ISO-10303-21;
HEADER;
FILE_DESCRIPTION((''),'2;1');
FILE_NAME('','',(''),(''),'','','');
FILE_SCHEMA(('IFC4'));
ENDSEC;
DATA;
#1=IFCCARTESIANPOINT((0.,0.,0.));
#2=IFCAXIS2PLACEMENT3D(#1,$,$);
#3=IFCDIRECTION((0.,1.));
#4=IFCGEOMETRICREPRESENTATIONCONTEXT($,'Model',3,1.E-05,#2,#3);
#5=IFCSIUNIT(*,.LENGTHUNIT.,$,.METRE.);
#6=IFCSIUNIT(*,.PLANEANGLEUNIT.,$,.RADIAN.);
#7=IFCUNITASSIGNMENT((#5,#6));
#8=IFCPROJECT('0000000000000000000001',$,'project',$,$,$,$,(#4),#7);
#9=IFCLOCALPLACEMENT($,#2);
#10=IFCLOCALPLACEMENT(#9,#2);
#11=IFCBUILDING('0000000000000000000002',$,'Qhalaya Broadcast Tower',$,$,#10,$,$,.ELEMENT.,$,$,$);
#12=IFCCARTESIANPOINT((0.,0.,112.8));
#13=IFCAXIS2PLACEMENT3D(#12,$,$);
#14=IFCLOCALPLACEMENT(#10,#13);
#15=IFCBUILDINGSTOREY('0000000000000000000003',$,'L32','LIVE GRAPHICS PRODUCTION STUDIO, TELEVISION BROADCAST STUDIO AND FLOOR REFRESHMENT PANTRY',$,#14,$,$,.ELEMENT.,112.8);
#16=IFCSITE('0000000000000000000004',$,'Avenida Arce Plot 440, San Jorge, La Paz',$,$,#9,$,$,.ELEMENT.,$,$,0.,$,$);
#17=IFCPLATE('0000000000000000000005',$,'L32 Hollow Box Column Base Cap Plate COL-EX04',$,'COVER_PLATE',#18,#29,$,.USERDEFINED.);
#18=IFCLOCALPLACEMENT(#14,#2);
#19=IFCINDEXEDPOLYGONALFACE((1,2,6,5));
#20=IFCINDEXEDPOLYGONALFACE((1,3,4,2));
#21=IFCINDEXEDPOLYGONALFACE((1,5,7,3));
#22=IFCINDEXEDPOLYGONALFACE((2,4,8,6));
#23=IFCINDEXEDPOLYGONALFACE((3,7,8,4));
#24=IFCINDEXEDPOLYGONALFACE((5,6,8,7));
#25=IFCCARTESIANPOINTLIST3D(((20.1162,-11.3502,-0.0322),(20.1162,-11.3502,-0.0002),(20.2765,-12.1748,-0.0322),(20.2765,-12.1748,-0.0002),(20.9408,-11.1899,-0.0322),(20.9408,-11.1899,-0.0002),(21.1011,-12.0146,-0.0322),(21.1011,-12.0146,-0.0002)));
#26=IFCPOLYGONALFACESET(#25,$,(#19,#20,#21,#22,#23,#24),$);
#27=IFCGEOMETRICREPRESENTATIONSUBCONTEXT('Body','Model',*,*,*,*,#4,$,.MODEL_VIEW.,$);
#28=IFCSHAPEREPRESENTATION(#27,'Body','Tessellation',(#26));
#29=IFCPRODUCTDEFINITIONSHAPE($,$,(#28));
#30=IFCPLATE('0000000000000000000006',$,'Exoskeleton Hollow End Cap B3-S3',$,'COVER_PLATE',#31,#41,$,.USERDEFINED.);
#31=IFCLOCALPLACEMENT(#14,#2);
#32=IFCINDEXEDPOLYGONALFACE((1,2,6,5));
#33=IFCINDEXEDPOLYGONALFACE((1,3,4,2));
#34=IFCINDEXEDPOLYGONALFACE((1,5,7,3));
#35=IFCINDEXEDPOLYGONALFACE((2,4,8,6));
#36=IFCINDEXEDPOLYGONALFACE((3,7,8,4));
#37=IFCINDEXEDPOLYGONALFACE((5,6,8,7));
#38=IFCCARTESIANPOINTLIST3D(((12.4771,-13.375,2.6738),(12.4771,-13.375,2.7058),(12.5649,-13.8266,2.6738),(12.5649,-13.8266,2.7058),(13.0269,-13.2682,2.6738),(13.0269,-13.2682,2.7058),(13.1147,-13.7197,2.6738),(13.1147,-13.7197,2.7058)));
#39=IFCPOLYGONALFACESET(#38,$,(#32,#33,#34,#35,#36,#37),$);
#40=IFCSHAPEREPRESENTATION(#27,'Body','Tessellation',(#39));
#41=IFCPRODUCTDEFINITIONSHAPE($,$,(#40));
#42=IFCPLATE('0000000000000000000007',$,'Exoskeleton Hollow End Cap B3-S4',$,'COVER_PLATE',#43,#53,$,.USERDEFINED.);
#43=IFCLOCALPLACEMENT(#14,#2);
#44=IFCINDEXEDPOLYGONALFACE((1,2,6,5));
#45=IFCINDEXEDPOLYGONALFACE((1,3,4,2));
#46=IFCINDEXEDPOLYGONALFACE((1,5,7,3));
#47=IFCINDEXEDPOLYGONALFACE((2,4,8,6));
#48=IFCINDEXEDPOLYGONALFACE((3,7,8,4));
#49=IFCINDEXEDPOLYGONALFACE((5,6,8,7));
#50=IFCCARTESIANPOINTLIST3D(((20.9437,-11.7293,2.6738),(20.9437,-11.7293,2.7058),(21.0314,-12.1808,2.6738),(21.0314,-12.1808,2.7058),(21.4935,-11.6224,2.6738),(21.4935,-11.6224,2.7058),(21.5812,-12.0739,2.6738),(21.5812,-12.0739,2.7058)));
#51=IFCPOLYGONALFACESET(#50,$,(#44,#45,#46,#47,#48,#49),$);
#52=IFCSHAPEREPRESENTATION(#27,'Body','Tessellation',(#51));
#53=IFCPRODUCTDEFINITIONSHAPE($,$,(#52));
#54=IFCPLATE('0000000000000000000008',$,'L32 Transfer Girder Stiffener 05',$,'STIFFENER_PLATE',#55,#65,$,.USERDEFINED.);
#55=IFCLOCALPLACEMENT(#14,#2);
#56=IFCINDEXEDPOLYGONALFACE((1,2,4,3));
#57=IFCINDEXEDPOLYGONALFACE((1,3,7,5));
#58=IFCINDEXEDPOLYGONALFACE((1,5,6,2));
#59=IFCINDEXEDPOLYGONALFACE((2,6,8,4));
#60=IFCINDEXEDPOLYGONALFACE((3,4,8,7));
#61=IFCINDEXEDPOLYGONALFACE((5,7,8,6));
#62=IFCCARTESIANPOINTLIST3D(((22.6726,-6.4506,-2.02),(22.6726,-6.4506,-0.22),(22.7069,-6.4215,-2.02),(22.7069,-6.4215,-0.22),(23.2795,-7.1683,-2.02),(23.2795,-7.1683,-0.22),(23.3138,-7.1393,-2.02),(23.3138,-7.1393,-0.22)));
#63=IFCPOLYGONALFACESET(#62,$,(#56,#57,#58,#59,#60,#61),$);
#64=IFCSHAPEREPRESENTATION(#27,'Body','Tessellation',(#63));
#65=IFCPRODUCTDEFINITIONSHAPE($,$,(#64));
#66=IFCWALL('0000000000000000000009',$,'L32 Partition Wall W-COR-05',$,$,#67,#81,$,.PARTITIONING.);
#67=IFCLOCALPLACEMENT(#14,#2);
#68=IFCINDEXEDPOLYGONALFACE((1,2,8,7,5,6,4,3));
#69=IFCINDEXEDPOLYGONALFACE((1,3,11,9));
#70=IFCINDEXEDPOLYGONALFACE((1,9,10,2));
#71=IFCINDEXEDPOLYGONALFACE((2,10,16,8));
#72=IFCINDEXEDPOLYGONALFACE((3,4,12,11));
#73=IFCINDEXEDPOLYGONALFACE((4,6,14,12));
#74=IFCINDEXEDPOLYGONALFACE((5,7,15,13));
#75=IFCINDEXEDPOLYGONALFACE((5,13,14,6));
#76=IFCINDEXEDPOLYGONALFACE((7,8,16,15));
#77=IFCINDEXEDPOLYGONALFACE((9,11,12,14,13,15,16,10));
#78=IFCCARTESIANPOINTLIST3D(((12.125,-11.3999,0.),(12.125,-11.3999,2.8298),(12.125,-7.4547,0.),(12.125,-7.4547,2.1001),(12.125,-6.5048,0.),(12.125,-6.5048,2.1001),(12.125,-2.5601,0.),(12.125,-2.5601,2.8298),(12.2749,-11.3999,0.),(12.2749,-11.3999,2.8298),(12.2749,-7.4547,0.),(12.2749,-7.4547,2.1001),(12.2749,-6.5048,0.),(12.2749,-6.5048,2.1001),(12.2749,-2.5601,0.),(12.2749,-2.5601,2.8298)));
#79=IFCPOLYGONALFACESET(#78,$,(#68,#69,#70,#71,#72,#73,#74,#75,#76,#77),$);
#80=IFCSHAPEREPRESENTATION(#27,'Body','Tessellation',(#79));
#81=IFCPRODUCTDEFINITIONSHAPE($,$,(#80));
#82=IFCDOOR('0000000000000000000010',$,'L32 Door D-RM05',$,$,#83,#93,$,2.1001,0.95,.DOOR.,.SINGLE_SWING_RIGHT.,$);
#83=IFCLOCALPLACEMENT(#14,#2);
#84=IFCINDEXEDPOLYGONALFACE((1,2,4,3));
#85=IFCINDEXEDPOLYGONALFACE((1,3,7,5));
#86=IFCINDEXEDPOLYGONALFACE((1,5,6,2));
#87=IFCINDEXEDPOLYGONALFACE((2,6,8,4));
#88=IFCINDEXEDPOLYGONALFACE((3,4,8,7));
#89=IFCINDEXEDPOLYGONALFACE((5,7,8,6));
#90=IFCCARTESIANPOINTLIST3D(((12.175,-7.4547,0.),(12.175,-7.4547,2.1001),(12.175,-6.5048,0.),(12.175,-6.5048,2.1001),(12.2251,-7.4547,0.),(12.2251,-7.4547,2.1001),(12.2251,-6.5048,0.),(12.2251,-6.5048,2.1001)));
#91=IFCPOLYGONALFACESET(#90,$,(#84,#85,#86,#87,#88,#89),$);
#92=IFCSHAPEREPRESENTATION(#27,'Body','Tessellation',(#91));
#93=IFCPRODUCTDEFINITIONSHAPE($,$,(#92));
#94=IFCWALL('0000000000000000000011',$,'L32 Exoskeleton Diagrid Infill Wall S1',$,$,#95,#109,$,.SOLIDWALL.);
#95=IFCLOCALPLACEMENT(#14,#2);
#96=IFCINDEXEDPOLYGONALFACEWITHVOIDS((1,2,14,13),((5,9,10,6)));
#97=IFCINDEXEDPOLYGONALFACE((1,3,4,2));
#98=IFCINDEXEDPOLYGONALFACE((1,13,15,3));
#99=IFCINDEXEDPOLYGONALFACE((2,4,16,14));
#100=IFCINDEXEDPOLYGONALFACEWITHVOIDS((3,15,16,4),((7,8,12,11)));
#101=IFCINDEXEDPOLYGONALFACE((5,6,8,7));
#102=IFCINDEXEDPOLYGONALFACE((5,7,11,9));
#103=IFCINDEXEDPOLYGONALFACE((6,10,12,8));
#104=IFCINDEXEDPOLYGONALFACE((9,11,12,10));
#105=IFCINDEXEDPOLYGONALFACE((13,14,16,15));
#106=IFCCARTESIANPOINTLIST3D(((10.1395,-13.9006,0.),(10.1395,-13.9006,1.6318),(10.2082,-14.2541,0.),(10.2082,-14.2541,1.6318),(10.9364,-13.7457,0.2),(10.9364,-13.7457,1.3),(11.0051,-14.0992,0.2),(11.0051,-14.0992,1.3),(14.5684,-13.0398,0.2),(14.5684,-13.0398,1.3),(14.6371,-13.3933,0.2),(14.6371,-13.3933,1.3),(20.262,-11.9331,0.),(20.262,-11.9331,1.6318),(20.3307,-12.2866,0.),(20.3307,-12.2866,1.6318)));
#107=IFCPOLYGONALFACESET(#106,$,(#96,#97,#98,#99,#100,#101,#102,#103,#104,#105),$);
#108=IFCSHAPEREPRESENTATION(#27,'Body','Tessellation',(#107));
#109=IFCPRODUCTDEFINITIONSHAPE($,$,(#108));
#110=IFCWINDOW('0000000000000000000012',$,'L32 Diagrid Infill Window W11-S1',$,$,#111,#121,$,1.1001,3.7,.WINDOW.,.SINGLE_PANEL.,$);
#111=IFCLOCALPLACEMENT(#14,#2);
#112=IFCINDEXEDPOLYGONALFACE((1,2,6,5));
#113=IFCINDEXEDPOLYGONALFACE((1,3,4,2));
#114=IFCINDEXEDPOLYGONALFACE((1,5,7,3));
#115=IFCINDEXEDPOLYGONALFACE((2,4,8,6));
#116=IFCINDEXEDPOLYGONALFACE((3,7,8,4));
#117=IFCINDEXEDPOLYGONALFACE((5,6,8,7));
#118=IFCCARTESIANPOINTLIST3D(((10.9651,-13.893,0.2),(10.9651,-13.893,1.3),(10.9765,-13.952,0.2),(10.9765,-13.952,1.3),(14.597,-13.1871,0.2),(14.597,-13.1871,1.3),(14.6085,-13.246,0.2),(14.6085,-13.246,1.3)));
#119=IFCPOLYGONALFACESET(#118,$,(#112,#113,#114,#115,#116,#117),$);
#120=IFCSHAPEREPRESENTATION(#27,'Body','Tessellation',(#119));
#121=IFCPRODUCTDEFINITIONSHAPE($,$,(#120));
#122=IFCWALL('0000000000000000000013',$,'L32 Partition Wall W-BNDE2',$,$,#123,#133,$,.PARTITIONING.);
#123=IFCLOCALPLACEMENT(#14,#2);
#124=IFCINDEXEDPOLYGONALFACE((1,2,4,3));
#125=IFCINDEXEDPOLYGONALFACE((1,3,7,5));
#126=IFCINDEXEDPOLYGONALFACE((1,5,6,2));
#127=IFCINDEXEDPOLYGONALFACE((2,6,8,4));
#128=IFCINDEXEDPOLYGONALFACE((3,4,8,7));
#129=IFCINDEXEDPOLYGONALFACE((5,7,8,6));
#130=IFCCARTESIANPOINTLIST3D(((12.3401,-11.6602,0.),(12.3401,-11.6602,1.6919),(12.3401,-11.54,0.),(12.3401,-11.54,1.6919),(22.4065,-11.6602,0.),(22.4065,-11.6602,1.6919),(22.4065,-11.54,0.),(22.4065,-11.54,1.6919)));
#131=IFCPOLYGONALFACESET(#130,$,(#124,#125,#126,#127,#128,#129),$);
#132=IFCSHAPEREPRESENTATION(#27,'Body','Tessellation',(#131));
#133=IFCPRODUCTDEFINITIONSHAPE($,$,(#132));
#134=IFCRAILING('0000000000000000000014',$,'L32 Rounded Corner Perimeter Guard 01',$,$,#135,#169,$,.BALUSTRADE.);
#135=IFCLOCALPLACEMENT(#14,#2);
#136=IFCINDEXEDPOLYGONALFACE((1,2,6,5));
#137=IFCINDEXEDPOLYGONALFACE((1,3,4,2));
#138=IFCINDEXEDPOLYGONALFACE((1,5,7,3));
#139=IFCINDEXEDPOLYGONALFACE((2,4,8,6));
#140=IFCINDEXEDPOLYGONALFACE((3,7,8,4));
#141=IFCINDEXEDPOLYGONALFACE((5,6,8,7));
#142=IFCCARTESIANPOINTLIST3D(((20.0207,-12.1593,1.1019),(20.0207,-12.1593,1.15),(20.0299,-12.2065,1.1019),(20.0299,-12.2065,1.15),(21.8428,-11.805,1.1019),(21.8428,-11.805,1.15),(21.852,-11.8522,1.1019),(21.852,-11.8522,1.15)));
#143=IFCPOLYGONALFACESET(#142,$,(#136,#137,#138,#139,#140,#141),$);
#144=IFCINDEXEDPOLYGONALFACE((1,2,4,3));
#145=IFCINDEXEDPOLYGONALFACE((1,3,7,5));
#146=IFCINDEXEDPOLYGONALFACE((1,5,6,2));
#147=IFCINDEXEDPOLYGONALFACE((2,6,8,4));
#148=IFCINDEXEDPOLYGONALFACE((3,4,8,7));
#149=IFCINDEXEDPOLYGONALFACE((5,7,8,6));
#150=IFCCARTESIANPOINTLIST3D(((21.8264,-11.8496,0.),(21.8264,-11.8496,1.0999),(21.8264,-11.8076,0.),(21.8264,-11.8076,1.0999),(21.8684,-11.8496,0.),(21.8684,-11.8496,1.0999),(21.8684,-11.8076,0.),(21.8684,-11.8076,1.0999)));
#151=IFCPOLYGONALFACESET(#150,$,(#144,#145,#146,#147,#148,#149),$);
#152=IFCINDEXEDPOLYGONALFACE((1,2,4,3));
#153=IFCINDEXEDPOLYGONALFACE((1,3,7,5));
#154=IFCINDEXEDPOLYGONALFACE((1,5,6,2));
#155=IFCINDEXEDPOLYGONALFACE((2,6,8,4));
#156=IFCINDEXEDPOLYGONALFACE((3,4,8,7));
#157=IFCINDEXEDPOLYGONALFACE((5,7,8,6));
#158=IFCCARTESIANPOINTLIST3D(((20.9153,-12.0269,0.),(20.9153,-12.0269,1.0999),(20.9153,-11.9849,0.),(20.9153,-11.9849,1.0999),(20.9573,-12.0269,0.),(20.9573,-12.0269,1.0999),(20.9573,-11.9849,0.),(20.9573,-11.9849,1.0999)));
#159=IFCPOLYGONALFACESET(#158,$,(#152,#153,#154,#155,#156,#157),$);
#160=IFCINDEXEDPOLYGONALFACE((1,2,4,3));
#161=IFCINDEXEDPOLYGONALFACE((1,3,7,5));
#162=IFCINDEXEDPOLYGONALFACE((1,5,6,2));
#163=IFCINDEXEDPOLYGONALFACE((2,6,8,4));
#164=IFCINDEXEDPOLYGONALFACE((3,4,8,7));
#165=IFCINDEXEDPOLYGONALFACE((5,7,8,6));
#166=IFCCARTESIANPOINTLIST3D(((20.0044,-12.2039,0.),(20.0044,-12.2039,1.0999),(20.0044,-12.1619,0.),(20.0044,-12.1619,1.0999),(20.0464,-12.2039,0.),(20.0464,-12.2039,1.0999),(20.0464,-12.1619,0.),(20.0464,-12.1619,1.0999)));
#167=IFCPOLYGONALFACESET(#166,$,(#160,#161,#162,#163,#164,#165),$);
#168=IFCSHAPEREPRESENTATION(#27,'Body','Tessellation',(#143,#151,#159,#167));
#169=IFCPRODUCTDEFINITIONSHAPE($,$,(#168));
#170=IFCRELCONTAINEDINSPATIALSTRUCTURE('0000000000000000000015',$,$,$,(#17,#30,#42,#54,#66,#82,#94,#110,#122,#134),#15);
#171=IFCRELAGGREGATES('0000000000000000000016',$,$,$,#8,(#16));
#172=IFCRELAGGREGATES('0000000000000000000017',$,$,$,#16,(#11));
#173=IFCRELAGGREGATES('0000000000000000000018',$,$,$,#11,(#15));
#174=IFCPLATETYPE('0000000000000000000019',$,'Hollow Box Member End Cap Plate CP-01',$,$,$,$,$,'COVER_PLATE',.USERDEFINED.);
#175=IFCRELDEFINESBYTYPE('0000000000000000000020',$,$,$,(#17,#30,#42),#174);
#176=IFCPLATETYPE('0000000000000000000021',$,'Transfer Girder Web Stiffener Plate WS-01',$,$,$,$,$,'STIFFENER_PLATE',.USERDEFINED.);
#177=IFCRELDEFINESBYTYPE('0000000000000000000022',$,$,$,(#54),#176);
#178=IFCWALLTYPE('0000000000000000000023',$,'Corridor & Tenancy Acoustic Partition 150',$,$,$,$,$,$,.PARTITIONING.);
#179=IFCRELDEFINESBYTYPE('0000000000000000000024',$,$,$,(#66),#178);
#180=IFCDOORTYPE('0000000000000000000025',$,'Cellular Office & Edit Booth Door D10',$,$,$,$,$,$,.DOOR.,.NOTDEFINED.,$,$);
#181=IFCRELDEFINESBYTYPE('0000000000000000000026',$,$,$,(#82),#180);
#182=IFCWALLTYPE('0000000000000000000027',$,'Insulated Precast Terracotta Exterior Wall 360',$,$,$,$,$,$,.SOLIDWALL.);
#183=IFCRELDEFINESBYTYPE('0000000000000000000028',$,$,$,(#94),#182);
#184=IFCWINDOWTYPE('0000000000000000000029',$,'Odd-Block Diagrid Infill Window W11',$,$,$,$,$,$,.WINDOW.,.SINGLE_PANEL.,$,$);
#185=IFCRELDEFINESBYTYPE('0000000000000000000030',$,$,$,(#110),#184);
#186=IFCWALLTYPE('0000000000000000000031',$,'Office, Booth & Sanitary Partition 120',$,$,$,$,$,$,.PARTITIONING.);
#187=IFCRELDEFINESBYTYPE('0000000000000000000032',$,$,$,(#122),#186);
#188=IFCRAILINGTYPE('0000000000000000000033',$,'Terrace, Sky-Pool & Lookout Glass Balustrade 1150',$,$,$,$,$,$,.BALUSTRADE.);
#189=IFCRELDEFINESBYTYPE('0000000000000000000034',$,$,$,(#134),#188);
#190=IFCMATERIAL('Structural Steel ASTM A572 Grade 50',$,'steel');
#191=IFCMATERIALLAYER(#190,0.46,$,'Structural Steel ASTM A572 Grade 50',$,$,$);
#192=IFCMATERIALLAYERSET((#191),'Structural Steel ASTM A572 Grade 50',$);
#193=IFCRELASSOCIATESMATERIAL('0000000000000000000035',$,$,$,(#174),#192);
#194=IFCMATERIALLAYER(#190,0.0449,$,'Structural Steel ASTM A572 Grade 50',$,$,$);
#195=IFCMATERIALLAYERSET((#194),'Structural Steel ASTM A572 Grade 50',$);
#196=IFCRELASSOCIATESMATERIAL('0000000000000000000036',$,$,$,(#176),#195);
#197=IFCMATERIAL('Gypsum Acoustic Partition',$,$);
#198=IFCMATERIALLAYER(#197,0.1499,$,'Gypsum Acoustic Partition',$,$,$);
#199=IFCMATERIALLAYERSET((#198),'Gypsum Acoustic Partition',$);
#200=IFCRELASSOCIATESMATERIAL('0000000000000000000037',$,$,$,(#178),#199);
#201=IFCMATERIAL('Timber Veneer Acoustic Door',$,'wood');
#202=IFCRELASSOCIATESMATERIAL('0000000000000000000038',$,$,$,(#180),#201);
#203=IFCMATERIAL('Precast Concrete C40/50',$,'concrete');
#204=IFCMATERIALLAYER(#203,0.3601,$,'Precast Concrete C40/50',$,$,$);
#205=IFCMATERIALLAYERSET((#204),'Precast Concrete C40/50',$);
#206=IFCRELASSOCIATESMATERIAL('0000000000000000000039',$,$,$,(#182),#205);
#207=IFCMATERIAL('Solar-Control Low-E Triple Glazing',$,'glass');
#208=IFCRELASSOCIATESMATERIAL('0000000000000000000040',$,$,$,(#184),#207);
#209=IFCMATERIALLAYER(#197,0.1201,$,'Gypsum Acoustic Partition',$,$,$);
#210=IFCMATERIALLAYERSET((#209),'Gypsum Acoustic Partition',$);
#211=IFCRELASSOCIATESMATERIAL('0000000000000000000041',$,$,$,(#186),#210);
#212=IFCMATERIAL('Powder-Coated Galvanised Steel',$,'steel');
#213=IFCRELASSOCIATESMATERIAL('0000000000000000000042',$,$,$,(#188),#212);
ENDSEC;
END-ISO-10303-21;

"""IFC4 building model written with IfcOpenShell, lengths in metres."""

from ifc_helpers import new_model, si_unit, direction, frame, frame_2d, origin, origin_2d, place, context, subcontext, project, spatial, rectangle, extrude, material, layer, layer_set, type_object, element, fill, save


model = new_model("IFC4")

# Units and contexts
model_context = context("Model", 3, precision=1e-05, world=origin(), true_north=direction((0.0, 1.0)))
body_context = subcontext(model_context, "Body", "Model", "MODEL_VIEW")
ifc_project = project(units=[si_unit("LENGTHUNIT", "METRE"), si_unit("PLANEANGLEUNIT", "RADIAN")], contexts=[model_context])

# Site, building, storey
site_placement = place(None, origin())
site = spatial("IfcSite", under=ifc_project, at=site_placement, Name="Avenida Arce Plot 440, San Jorge, La Paz", CompositionType="ELEMENT", RefElevation=0.0)
building_placement = place(site_placement, origin())
building = spatial("IfcBuilding", under=site, at=building_placement, Name="Qhalaya Broadcast Tower", CompositionType="ELEMENT")
storey_placement = place(building_placement, frame((0.0, 0.0, 112.8)))
storey = spatial("IfcBuildingStorey", under=building, at=storey_placement, Name="L32", Description="LIVE GRAPHICS PRODUCTION STUDIO, TELEVISION BROADCAST STUDIO AND FLOOR REFRESHMENT PANTRY", CompositionType="ELEMENT", Elevation=112.8)

# Shared definitions
ifc_material_1 = material(Name="Structural Steel ASTM A572 Grade 50", Category="steel")

# Plates
ifc_layer_1 = layer(ifc_material_1, 0.46, Name="Structural Steel ASTM A572 Grade 50")
ifc_layer_set_1 = layer_set([ifc_layer_1], Name="Structural Steel ASTM A572 Grade 50")
plate_type_1 = type_object("IfcPlateType", Name="Hollow Box Member End Cap Plate CP-01", ElementType="COVER_PLATE", PredefinedType="USERDEFINED", material=ifc_layer_set_1)
plate_1_placement = place(storey_placement, frame((20.6086, -11.6824, -0.0322), z_axis=(0.0, 0.0, 1.0), x_axis=(0.981627, 0.190809, 0.0)))
element("IfcPlate", 1, at=plate_1_placement, inside=storey, type_object=plate_type_1, Name="L32 Hollow Box Column Base Cap Plate COL-EX04", ObjectType="COVER_PLATE", PredefinedType="USERDEFINED", context=body_context, shape_type="SweptSolid", body=[
    extrude(rectangle(XDim=0.8401, YDim=0.8401, at=origin_2d()), origin(), (0.0, 0.0, 1.0), 0.032),
])
for number, where, z_axis, x_axis, name in (
    (2, (12.7959, -13.5474, 2.6738), (0.0, 0.0, 1.0), (0.981627, 0.190809, 0.0), "Exoskeleton Hollow End Cap B3-S3"),
    (3, (21.2625, -11.9016, 2.6738), (0.0, 0.0, 1.0), (0.981627, 0.190809, 0.0), "Exoskeleton Hollow End Cap B3-S4"),
):
    element("IfcPlate", number, at=place(storey_placement, frame(where, z_axis=z_axis, x_axis=x_axis)), inside=storey, type_object=plate_type_1, Name=name, ObjectType="COVER_PLATE", PredefinedType="USERDEFINED", context=body_context, shape_type="SweptSolid", body=[
        extrude(rectangle(XDim=0.5601, YDim=0.46, at=origin_2d()), origin(), (0.0, 0.0, 1.0), 0.032),
    ])
ifc_layer_2 = layer(ifc_material_1, 0.0449, Name="Structural Steel ASTM A572 Grade 50")
ifc_layer_set_2 = layer_set([ifc_layer_2], Name="Structural Steel ASTM A572 Grade 50")
plate_type_2 = type_object("IfcPlateType", Name="Transfer Girder Web Stiffener Plate WS-01", ElementType="STIFFENER_PLATE", PredefinedType="USERDEFINED", material=ifc_layer_set_2)
plate_2_placement = place(storey_placement, frame((22.9932, -6.7949, -2.02), z_axis=(0.0, 0.0, 1.0), x_axis=(-0.645684, 0.763604, 0.0)))
element("IfcPlate", 4, at=plate_2_placement, inside=storey, type_object=plate_type_2, Name="L32 Transfer Girder Stiffener 05", ObjectType="STIFFENER_PLATE", PredefinedType="USERDEFINED", context=body_context, shape_type="SweptSolid", body=[
    extrude(rectangle(XDim=0.9399, YDim=0.0449, at=origin_2d()), origin(), (0.0, 0.0, 1.0), 1.8),
])

# Wall, opening, door
ifc_material_2 = material(Name="Gypsum Acoustic Partition")
ifc_layer_3 = layer(ifc_material_2, 0.1499, Name="Gypsum Acoustic Partition")
ifc_layer_set_3 = layer_set([ifc_layer_3], Name="Gypsum Acoustic Partition")
wall_type_1 = type_object("IfcWallType", Name="Corridor & Tenancy Acoustic Partition 150", PredefinedType="PARTITIONING", material=ifc_layer_set_3)
wall_1_placement = place(storey_placement, frame((12.2, -11.3999, 0.0), z_axis=(0.0, 0.0, 1.0), x_axis=(0.0, 1.0, 0.0)))
wall_1 = element("IfcWall", 5, at=wall_1_placement, inside=storey, type_object=wall_type_1, Name="L32 Partition Wall W-COR-05", PredefinedType="PARTITIONING", context=body_context, shape_type="SweptSolid", body=[
    extrude(rectangle(XDim=8.8398, YDim=0.1499, at=frame_2d((4.4199, 0.0))), origin(), (0.0, 0.0, 1.0), 2.8298),
])
opening_1_placement = place(wall_1_placement, frame((3.9451, 0.0, 0.0)))
opening_1 = element("IfcOpeningElement", 6, at=opening_1_placement, cuts=wall_1, PredefinedType="OPENING", context=body_context, shape_type="SweptSolid", body=[
    extrude(rectangle(XDim=0.95, YDim=2.1001, at=frame_2d((0.4751, 1.05))), frame((0.0, 0.0869, 0.0), z_axis=(0.0, -1.0, 0.0), x_axis=(1.0, 0.0, 0.0)), (0.0, 0.0, 1.0), 0.1738),
])
ifc_material_3 = material(Name="Timber Veneer Acoustic Door", Category="wood")
door_type = type_object("IfcDoorType", Name="Cellular Office & Edit Booth Door D10", OperationType="NOTDEFINED", PredefinedType="DOOR", material=ifc_material_3)
door_placement = place(opening_1_placement, origin())
door = element("IfcDoor", 7, at=door_placement, inside=storey, type_object=door_type, Name="L32 Door D-RM05", OperationType="SINGLE_SWING_RIGHT", OverallHeight=2.1001, OverallWidth=0.95, PredefinedType="DOOR", context=body_context, shape_type="SweptSolid", body=[
    extrude(rectangle(XDim=0.95, YDim=2.1001, at=frame_2d((0.4751, 1.05))), frame((0.0, 0.0249, 0.0), z_axis=(0.0, -1.0, 0.0), x_axis=(1.0, 0.0, 0.0)), (0.0, 0.0, 1.0), 0.05),
])
fill(opening_1, door)

# Wall, opening, window
ifc_material_4 = material(Name="Precast Concrete C40/50", Category="concrete")
ifc_layer_4 = layer(ifc_material_4, 0.3601, Name="Precast Concrete C40/50")
ifc_layer_set_4 = layer_set([ifc_layer_4], Name="Precast Concrete C40/50")
wall_type_2 = type_object("IfcWallType", Name="Insulated Precast Terracotta Exterior Wall 360", PredefinedType="SOLIDWALL", material=ifc_layer_set_4)
wall_2_placement = place(storey_placement, frame((20.2964, -12.1099, 0.0), z_axis=(0.0, 0.0, 1.0), x_axis=(-0.981629, -0.1908, 0.0)))
wall_2 = element("IfcWall", 8, at=wall_2_placement, inside=storey, type_object=wall_type_2, Name="L32 Exoskeleton Diagrid Infill Wall S1", PredefinedType="SOLIDWALL", context=body_context, shape_type="SweptSolid", body=[
    extrude(rectangle(XDim=10.312, YDim=0.3601, at=frame_2d((5.156, 0.0))), origin(), (0.0, 0.0, 1.0), 1.6318),
])
opening_2_placement = place(wall_2_placement, frame((5.8, 0.0, 0.2)))
opening_2 = element("IfcOpeningElement", 9, at=opening_2_placement, cuts=wall_2, PredefinedType="OPENING", context=body_context, shape_type="SweptSolid", body=[
    extrude(rectangle(XDim=3.7, YDim=1.1001, at=frame_2d((1.8501, 0.55))), frame((0.0, 0.1921, 0.0), z_axis=(0.0, -1.0, 0.0), x_axis=(1.0, 0.0, 0.0)), (0.0, 0.0, 1.0), 0.384),
])
ifc_material_5 = material(Name="Solar-Control Low-E Triple Glazing", Category="glass")
window_type = type_object("IfcWindowType", Name="Odd-Block Diagrid Infill Window W11", PartitioningType="SINGLE_PANEL", PredefinedType="WINDOW", material=ifc_material_5)
window_placement = place(opening_2_placement, origin())
window = element("IfcWindow", 10, at=window_placement, inside=storey, type_object=window_type, Name="L32 Diagrid Infill Window W11-S1", OverallHeight=1.1001, OverallWidth=3.7, PartitioningType="SINGLE_PANEL", PredefinedType="WINDOW", context=body_context, shape_type="SweptSolid", body=[
    extrude(rectangle(XDim=3.7, YDim=1.1001, at=frame_2d((1.8501, 0.55))), frame((0.0, 0.03, 0.0), z_axis=(0.0, -1.0, 0.0), x_axis=(1.0, 0.0, 0.0)), (0.0, 0.0, 1.0), 0.0601),
])
fill(opening_2, window)

# Wall
ifc_layer_5 = layer(ifc_material_2, 0.1201, Name="Gypsum Acoustic Partition")
ifc_layer_set_5 = layer_set([ifc_layer_5], Name="Gypsum Acoustic Partition")
wall_type_3 = type_object("IfcWallType", Name="Office, Booth & Sanitary Partition 120", PredefinedType="PARTITIONING", material=ifc_layer_set_5)
wall_3_placement = place(storey_placement, frame((12.3401, -11.6001, 0.0), z_axis=(0.0, 0.0, 1.0), x_axis=(1.0, 0.0, 0.0)))
element("IfcWall", 11, at=wall_3_placement, inside=storey, type_object=wall_type_3, Name="L32 Partition Wall W-BNDE2", PredefinedType="PARTITIONING", context=body_context, shape_type="SweptSolid", body=[
    extrude(rectangle(XDim=10.0664, YDim=0.1201, at=frame_2d((5.0332, 0.0))), origin(), (0.0, 0.0, 1.0), 1.6919),
])

# Railing
ifc_material_6 = material(Name="Powder-Coated Galvanised Steel", Category="steel")
railing_type = type_object("IfcRailingType", Name="Terrace, Sky-Pool & Lookout Glass Balustrade 1150", PredefinedType="BALUSTRADE", material=ifc_material_6)
railing_placement = place(storey_placement, frame((21.8474, -11.8286, 0.0)))
element("IfcRailing", 12, at=railing_placement, inside=storey, type_object=railing_type, Name="L32 Rounded Corner Perimeter Guard 01", PredefinedType="BALUSTRADE", context=body_context, shape_type="SweptSolid", body=[
    extrude(rectangle(XDim=0.0481, YDim=0.0481, at=origin_2d()), frame((0.0, 0.0, 1.126), z_axis=(-0.981619, -0.190852, 0.0), x_axis=(0.190852, -0.981619, 0.0)), (0.0, 0.0, 1.0), 1.8562),
    extrude(rectangle(XDim=0.042, YDim=0.042, at=origin_2d()), origin(), (0.0, 0.0, 1.0), 1.0999),
    extrude(rectangle(XDim=0.042, YDim=0.042, at=origin_2d()), frame((-0.9111, -0.1772, 0.0)), (0.0, 0.0, 1.0), 1.0999),
    extrude(rectangle(XDim=0.042, YDim=0.042, at=origin_2d()), frame((-1.822, -0.3542, 0.0)), (0.0, 0.0, 1.0), 1.0999),
])

save(model, "model.ifc")
